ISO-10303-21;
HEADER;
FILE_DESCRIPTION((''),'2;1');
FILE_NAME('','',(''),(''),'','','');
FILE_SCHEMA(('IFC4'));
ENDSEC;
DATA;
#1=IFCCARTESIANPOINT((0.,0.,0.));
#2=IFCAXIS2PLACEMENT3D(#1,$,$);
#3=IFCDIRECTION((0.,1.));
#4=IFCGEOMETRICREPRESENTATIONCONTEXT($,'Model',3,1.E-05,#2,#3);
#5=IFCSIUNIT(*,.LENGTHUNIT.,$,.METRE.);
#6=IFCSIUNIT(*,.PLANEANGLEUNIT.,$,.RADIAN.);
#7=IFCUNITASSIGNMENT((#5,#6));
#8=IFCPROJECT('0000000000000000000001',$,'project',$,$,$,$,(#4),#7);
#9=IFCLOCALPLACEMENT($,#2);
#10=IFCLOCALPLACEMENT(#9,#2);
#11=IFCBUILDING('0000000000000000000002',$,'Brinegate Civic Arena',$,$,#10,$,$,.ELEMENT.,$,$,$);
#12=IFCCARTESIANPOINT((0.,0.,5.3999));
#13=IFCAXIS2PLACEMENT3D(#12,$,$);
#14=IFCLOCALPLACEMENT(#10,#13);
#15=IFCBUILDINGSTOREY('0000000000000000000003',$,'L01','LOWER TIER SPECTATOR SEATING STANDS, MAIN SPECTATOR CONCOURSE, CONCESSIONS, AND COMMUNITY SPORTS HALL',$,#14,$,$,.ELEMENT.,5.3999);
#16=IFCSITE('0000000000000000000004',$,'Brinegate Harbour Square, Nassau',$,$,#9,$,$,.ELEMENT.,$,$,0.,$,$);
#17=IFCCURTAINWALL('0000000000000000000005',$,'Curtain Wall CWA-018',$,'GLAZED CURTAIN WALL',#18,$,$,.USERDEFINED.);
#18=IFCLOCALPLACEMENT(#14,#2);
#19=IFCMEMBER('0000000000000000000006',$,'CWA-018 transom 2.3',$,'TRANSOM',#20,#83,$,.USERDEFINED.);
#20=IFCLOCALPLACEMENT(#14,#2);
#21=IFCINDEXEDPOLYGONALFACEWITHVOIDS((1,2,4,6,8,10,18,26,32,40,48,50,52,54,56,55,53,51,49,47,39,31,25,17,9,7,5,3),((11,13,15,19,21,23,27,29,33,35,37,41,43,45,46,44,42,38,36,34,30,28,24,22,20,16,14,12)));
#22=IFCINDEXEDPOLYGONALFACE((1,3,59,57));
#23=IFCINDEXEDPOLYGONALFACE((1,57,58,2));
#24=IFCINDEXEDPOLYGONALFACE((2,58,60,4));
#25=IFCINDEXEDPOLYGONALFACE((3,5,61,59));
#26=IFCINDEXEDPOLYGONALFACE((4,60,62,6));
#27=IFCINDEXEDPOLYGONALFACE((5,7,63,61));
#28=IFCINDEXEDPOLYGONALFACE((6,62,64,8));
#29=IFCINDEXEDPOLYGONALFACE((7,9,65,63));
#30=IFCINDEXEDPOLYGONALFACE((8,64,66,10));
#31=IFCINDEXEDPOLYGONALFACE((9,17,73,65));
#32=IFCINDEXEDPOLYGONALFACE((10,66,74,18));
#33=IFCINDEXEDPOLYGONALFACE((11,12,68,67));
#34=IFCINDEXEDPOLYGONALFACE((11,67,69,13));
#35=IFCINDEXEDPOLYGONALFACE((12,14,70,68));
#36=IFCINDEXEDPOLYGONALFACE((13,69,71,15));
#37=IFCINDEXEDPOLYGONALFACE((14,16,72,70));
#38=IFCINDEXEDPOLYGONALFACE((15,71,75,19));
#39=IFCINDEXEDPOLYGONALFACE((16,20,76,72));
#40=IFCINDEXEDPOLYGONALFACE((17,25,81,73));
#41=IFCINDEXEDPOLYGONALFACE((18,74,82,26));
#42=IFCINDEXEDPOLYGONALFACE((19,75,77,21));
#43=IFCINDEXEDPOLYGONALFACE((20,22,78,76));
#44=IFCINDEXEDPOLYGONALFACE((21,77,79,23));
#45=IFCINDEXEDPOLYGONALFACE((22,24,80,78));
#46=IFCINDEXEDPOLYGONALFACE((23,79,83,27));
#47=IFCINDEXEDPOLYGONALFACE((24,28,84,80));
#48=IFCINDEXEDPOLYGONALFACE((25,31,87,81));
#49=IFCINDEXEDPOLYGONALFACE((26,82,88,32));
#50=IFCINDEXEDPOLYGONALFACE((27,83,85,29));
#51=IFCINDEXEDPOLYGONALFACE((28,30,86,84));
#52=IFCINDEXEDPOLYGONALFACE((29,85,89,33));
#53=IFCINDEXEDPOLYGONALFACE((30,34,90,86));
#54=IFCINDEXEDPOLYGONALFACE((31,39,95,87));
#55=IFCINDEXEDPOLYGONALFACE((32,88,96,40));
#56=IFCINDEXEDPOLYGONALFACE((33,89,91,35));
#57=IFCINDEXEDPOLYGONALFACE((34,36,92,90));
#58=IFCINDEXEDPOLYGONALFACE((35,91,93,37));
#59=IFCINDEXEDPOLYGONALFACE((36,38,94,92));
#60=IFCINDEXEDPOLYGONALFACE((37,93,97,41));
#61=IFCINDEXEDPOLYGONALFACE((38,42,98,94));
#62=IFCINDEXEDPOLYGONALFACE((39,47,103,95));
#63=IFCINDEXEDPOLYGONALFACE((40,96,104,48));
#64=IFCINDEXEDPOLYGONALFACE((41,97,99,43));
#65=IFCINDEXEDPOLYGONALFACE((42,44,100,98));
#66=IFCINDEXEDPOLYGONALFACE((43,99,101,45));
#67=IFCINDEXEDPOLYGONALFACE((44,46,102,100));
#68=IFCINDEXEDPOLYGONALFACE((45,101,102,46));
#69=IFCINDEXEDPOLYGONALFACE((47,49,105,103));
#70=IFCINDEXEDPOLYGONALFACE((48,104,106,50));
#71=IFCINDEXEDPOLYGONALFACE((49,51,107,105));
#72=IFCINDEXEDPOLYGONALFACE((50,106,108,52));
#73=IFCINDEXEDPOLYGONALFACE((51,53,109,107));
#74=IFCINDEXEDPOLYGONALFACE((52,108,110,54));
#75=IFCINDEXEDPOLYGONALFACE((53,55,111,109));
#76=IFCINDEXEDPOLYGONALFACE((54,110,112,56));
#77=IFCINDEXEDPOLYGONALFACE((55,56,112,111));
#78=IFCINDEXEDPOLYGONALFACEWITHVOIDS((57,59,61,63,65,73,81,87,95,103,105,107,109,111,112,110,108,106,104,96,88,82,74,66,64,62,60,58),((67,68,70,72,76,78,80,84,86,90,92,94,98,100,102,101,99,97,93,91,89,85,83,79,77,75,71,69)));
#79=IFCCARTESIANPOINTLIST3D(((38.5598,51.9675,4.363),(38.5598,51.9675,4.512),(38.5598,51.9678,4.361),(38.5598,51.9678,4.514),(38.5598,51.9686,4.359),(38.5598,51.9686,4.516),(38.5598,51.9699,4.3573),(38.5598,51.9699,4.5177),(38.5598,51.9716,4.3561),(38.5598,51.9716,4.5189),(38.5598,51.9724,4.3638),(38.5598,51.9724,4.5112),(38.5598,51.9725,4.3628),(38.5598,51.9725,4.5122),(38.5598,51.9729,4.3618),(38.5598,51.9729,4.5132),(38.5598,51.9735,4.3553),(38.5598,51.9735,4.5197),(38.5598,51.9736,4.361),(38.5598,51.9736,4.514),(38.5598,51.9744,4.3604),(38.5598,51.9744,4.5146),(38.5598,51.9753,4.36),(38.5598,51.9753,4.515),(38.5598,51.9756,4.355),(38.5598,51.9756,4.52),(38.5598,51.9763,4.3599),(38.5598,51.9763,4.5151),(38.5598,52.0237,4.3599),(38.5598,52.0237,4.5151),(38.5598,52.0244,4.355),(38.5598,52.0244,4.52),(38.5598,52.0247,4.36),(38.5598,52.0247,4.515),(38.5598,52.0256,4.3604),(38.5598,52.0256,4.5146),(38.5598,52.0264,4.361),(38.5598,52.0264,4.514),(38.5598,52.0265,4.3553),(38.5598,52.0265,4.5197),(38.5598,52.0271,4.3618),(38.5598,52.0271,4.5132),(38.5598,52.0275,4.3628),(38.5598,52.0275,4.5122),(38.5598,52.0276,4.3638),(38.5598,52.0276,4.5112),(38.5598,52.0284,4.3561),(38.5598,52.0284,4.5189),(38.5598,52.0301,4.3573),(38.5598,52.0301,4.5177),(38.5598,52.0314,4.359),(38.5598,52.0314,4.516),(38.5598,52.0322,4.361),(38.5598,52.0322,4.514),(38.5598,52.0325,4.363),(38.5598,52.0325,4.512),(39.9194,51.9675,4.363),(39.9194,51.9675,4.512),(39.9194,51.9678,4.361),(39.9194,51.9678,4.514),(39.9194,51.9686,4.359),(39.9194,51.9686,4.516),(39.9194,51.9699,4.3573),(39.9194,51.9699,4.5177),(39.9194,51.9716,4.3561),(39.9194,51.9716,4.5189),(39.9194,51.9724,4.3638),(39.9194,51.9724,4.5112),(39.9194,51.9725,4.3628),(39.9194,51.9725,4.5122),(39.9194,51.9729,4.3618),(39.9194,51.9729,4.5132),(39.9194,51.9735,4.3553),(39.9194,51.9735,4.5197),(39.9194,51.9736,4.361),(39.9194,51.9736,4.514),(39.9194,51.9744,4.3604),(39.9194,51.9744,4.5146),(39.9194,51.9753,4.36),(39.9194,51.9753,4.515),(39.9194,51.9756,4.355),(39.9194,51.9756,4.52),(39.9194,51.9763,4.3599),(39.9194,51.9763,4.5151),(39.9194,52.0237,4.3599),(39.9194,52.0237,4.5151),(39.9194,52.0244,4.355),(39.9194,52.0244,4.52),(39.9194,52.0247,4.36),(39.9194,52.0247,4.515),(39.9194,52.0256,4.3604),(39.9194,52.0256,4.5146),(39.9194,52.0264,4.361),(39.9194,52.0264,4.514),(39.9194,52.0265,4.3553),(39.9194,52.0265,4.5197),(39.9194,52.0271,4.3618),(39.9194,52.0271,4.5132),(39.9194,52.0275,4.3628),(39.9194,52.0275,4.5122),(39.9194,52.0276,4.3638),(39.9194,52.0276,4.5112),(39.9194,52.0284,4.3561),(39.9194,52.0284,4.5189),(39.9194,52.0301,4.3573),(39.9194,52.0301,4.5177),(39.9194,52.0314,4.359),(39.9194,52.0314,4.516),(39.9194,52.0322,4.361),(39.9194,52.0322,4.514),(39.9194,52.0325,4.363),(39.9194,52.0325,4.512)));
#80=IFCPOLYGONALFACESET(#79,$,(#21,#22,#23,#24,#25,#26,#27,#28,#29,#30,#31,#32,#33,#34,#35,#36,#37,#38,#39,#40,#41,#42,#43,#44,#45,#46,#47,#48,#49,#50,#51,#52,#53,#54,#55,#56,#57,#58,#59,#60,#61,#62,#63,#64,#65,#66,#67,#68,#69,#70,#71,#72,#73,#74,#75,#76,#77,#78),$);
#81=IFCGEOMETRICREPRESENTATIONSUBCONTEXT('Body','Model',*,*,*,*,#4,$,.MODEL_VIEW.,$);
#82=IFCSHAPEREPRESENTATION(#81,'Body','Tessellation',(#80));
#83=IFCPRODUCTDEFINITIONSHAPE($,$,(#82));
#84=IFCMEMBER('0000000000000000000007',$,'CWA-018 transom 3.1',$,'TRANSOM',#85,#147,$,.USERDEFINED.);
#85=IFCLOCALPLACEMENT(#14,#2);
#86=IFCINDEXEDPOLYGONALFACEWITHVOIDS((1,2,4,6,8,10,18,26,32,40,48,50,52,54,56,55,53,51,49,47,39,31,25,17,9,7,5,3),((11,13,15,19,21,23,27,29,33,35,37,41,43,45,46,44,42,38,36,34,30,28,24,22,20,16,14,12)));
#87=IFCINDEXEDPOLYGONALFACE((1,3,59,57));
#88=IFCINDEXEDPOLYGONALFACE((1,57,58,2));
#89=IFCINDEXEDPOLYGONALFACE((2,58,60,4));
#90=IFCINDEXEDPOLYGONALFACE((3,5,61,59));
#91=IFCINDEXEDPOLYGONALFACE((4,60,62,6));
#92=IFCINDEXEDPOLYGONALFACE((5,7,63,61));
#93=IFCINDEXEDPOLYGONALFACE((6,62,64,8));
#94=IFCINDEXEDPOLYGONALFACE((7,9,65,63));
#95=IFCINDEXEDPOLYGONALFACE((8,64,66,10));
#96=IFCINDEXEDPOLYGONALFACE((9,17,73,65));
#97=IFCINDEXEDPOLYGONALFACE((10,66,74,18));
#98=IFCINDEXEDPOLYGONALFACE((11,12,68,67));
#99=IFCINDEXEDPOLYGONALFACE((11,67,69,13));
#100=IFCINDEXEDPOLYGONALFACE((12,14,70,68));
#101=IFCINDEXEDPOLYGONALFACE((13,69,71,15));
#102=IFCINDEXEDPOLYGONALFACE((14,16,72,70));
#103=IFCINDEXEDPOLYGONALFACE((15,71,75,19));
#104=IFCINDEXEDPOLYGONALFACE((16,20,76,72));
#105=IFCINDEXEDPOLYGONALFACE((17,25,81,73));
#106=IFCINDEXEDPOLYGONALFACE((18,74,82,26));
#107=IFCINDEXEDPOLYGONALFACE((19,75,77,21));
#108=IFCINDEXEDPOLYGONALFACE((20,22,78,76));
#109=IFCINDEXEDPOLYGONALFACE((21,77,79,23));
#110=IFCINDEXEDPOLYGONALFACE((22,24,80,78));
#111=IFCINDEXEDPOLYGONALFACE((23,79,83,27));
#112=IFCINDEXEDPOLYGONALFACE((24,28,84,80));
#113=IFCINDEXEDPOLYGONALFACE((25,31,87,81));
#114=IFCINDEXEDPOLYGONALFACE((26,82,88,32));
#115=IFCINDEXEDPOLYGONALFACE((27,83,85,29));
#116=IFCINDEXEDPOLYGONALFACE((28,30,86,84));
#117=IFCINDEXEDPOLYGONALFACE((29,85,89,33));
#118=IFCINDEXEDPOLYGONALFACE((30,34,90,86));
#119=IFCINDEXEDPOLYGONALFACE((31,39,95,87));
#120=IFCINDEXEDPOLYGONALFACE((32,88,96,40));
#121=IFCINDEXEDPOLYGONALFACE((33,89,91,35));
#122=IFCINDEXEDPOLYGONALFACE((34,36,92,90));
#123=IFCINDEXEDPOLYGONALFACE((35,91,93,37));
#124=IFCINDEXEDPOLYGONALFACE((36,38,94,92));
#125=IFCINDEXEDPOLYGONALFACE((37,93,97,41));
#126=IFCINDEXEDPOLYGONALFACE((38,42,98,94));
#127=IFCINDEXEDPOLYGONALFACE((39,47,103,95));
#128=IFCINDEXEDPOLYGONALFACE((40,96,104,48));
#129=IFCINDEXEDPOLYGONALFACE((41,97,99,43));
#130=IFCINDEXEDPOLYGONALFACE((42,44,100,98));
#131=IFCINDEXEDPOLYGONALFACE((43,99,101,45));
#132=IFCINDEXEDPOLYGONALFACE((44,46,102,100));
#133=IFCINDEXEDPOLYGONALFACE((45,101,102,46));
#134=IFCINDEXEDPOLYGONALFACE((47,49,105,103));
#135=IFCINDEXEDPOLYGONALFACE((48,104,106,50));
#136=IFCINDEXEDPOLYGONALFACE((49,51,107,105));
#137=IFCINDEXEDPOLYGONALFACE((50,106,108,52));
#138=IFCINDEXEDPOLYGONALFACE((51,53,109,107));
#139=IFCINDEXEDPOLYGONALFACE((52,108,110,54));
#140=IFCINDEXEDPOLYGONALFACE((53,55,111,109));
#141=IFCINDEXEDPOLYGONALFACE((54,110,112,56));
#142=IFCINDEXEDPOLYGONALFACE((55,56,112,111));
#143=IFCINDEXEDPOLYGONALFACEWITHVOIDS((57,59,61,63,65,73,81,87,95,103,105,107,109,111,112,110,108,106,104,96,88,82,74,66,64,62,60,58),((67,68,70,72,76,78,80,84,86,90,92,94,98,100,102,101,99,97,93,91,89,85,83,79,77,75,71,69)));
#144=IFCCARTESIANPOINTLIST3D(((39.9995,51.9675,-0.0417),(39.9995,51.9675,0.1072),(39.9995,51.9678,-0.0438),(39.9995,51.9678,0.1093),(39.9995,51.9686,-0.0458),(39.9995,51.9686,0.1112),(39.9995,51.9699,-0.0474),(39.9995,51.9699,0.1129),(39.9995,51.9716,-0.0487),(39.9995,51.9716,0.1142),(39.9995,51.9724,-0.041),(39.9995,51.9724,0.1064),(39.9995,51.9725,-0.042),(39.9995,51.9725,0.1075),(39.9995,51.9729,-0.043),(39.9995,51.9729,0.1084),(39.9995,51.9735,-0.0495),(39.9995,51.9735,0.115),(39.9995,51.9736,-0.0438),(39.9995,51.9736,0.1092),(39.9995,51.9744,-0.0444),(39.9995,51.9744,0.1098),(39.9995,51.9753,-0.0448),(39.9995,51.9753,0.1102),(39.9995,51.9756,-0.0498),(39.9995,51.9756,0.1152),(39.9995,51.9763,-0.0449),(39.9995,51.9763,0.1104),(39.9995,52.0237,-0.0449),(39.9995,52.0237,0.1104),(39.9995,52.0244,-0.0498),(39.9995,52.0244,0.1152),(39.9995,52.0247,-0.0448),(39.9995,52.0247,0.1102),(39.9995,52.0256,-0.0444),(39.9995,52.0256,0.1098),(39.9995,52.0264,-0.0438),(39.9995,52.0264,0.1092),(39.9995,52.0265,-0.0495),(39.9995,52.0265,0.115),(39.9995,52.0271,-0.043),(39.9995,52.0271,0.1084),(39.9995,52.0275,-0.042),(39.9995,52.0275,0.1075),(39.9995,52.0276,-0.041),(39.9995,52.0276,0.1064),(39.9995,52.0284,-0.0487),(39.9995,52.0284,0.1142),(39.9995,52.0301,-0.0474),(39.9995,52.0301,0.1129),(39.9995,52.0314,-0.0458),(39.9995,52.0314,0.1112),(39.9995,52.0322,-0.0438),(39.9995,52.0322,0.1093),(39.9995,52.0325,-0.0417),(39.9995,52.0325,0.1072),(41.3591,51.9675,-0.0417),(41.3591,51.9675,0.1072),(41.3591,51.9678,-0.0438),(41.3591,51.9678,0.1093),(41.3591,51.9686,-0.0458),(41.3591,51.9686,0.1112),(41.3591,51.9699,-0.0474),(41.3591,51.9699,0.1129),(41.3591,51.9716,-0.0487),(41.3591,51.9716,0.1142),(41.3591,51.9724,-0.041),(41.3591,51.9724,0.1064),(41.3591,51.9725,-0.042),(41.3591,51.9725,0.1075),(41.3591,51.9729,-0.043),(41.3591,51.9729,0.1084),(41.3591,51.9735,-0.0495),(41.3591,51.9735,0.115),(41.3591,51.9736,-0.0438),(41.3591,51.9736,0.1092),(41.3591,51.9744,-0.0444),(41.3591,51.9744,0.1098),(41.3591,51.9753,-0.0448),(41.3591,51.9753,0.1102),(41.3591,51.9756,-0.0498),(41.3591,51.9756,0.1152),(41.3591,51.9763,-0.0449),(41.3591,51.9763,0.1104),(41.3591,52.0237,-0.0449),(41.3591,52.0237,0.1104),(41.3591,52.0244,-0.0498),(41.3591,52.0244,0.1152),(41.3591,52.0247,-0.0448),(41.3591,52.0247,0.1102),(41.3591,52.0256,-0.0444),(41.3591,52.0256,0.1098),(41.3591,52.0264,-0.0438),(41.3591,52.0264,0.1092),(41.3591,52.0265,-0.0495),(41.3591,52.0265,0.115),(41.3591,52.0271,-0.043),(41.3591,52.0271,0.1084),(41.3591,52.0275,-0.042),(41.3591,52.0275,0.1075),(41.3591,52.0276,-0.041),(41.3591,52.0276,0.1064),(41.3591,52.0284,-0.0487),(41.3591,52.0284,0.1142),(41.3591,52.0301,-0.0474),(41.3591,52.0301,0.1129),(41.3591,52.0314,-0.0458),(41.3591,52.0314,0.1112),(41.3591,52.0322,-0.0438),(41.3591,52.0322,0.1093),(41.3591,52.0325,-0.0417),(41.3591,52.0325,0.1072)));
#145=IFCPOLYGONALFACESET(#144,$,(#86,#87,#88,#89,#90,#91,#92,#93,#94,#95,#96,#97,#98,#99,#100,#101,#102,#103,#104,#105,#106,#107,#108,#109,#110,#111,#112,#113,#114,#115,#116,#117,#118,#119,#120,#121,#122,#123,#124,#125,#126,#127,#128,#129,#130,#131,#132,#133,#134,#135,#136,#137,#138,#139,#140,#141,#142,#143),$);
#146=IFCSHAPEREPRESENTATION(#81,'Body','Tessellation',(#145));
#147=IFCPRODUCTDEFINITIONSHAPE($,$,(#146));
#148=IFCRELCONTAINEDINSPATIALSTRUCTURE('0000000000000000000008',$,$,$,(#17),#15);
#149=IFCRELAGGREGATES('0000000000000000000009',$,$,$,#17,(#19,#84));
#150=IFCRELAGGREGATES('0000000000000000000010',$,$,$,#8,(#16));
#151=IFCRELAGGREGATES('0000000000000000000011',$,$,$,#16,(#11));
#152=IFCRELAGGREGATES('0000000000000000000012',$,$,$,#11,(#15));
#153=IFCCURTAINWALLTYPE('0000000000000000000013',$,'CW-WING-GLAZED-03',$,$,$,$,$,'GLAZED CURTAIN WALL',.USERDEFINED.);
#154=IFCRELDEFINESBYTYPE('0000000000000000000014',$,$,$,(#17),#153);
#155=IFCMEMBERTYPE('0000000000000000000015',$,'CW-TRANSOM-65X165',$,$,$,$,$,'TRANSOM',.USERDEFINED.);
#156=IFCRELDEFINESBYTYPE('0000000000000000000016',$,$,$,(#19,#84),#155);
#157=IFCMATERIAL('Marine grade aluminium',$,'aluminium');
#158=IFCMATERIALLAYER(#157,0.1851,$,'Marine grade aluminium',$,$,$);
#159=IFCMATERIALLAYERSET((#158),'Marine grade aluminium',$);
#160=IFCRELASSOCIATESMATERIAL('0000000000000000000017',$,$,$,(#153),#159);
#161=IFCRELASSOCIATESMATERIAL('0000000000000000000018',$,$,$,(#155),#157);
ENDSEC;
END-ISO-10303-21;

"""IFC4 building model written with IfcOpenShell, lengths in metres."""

from ifc_helpers import new_model, si_unit, direction, frame, origin, origin_2d, place, context, subcontext, project, spatial, hollow_rectangle, extrude, material, layer, layer_set, material_profile, profile_set, type_object, element, aggregate, save


model = new_model("IFC4")

# Units and contexts
model_context = context("Model", 3, precision=1e-05, world=origin(), true_north=direction((0.0, 1.0)))
body_context = subcontext(model_context, "Body", "Model", "MODEL_VIEW")
ifc_project = project(units=[si_unit("LENGTHUNIT", "METRE"), si_unit("PLANEANGLEUNIT", "RADIAN")], contexts=[model_context])

# Site, building, storey
site_placement = place(None, origin())
site = spatial("IfcSite", under=ifc_project, at=site_placement, Name="Brinegate Harbour Square, Nassau", CompositionType="ELEMENT", RefElevation=0.0)
building_placement = place(site_placement, origin())
building = spatial("IfcBuilding", under=site, at=building_placement, Name="Brinegate Civic Arena", CompositionType="ELEMENT")
storey_placement = place(building_placement, frame((0.0, 0.0, 5.3999)))
storey = spatial("IfcBuildingStorey", under=building, at=storey_placement, Name="L01", Description="LOWER TIER SPECTATOR SEATING STANDS, MAIN SPECTATOR CONCOURSE, CONCESSIONS, AND COMMUNITY SPORTS HALL", CompositionType="ELEMENT", Elevation=5.3999)

# Curtain wall, members
ifc_material_1 = material(Name="Marine grade aluminium", Category="aluminium")
ifc_layer_1 = layer(ifc_material_1, 0.1851, Name="Marine grade aluminium")
ifc_layer_set_1 = layer_set([ifc_layer_1], Name="Marine grade aluminium")
curtain_wall_type = type_object("IfcCurtainWallType", Name="CW-WING-GLAZED-03", ElementType="GLAZED CURTAIN WALL", PredefinedType="USERDEFINED", material=ifc_layer_set_1)
curtain_wall_placement = place(storey_placement, origin())
curtain_wall = element("IfcCurtainWall", 1, at=curtain_wall_placement, inside=storey, type_object=curtain_wall_type, Name="Curtain Wall CWA-018", ObjectType="GLAZED CURTAIN WALL", PredefinedType="USERDEFINED")
ifc_material_profile_1 = material_profile(ifc_material_1, hollow_rectangle(XDim=0.0649, YDim=0.165, WallThickness=0.0049, InnerFilletRadius=0.0039, OuterFilletRadius=0.0081, at=origin_2d()), Name="TRN65X165")
ifc_profile_set_1 = profile_set([ifc_material_profile_1], Name="Marine grade aluminium")
member_type_1 = type_object("IfcMemberType", Name="CW-TRANSOM-65X165", ElementType="TRANSOM", PredefinedType="USERDEFINED", material=ifc_profile_set_1)
member_1_placement = place(storey_placement, frame((38.5598, 52.0, 4.4375), z_axis=(1.0, 0.0, 0.0), x_axis=(0.0, 1.0, 0.0)))
member_1 = element("IfcMember", 2, at=member_1_placement, type_object=member_type_1, Name="CWA-018 transom 2.3", ObjectType="TRANSOM", PredefinedType="USERDEFINED", context=body_context, shape_type="SweptSolid", body=[
    extrude(hollow_rectangle(XDim=0.0649, YDim=0.165, WallThickness=0.0049, InnerFilletRadius=0.0039, OuterFilletRadius=0.0081, at=origin_2d()), origin(), (0.0, 0.0, 1.0), 1.3596),
])
member_2_placement = place(storey_placement, frame((39.9995, 52.0, 0.0327), z_axis=(1.0, 0.0, 0.0), x_axis=(0.0, 1.0, 0.0)))
member_2 = element("IfcMember", 3, at=member_2_placement, type_object=member_type_1, Name="CWA-018 transom 3.1", ObjectType="TRANSOM", PredefinedType="USERDEFINED", context=body_context, shape_type="SweptSolid", body=[
    extrude(hollow_rectangle(XDim=0.0649, YDim=0.165, WallThickness=0.0049, InnerFilletRadius=0.0039, OuterFilletRadius=0.0081, at=origin_2d()), origin(), (0.0, 0.0, 1.0), 1.3596),
])
aggregate(curtain_wall, [member_1, member_2])

save(model, "model.ifc")
